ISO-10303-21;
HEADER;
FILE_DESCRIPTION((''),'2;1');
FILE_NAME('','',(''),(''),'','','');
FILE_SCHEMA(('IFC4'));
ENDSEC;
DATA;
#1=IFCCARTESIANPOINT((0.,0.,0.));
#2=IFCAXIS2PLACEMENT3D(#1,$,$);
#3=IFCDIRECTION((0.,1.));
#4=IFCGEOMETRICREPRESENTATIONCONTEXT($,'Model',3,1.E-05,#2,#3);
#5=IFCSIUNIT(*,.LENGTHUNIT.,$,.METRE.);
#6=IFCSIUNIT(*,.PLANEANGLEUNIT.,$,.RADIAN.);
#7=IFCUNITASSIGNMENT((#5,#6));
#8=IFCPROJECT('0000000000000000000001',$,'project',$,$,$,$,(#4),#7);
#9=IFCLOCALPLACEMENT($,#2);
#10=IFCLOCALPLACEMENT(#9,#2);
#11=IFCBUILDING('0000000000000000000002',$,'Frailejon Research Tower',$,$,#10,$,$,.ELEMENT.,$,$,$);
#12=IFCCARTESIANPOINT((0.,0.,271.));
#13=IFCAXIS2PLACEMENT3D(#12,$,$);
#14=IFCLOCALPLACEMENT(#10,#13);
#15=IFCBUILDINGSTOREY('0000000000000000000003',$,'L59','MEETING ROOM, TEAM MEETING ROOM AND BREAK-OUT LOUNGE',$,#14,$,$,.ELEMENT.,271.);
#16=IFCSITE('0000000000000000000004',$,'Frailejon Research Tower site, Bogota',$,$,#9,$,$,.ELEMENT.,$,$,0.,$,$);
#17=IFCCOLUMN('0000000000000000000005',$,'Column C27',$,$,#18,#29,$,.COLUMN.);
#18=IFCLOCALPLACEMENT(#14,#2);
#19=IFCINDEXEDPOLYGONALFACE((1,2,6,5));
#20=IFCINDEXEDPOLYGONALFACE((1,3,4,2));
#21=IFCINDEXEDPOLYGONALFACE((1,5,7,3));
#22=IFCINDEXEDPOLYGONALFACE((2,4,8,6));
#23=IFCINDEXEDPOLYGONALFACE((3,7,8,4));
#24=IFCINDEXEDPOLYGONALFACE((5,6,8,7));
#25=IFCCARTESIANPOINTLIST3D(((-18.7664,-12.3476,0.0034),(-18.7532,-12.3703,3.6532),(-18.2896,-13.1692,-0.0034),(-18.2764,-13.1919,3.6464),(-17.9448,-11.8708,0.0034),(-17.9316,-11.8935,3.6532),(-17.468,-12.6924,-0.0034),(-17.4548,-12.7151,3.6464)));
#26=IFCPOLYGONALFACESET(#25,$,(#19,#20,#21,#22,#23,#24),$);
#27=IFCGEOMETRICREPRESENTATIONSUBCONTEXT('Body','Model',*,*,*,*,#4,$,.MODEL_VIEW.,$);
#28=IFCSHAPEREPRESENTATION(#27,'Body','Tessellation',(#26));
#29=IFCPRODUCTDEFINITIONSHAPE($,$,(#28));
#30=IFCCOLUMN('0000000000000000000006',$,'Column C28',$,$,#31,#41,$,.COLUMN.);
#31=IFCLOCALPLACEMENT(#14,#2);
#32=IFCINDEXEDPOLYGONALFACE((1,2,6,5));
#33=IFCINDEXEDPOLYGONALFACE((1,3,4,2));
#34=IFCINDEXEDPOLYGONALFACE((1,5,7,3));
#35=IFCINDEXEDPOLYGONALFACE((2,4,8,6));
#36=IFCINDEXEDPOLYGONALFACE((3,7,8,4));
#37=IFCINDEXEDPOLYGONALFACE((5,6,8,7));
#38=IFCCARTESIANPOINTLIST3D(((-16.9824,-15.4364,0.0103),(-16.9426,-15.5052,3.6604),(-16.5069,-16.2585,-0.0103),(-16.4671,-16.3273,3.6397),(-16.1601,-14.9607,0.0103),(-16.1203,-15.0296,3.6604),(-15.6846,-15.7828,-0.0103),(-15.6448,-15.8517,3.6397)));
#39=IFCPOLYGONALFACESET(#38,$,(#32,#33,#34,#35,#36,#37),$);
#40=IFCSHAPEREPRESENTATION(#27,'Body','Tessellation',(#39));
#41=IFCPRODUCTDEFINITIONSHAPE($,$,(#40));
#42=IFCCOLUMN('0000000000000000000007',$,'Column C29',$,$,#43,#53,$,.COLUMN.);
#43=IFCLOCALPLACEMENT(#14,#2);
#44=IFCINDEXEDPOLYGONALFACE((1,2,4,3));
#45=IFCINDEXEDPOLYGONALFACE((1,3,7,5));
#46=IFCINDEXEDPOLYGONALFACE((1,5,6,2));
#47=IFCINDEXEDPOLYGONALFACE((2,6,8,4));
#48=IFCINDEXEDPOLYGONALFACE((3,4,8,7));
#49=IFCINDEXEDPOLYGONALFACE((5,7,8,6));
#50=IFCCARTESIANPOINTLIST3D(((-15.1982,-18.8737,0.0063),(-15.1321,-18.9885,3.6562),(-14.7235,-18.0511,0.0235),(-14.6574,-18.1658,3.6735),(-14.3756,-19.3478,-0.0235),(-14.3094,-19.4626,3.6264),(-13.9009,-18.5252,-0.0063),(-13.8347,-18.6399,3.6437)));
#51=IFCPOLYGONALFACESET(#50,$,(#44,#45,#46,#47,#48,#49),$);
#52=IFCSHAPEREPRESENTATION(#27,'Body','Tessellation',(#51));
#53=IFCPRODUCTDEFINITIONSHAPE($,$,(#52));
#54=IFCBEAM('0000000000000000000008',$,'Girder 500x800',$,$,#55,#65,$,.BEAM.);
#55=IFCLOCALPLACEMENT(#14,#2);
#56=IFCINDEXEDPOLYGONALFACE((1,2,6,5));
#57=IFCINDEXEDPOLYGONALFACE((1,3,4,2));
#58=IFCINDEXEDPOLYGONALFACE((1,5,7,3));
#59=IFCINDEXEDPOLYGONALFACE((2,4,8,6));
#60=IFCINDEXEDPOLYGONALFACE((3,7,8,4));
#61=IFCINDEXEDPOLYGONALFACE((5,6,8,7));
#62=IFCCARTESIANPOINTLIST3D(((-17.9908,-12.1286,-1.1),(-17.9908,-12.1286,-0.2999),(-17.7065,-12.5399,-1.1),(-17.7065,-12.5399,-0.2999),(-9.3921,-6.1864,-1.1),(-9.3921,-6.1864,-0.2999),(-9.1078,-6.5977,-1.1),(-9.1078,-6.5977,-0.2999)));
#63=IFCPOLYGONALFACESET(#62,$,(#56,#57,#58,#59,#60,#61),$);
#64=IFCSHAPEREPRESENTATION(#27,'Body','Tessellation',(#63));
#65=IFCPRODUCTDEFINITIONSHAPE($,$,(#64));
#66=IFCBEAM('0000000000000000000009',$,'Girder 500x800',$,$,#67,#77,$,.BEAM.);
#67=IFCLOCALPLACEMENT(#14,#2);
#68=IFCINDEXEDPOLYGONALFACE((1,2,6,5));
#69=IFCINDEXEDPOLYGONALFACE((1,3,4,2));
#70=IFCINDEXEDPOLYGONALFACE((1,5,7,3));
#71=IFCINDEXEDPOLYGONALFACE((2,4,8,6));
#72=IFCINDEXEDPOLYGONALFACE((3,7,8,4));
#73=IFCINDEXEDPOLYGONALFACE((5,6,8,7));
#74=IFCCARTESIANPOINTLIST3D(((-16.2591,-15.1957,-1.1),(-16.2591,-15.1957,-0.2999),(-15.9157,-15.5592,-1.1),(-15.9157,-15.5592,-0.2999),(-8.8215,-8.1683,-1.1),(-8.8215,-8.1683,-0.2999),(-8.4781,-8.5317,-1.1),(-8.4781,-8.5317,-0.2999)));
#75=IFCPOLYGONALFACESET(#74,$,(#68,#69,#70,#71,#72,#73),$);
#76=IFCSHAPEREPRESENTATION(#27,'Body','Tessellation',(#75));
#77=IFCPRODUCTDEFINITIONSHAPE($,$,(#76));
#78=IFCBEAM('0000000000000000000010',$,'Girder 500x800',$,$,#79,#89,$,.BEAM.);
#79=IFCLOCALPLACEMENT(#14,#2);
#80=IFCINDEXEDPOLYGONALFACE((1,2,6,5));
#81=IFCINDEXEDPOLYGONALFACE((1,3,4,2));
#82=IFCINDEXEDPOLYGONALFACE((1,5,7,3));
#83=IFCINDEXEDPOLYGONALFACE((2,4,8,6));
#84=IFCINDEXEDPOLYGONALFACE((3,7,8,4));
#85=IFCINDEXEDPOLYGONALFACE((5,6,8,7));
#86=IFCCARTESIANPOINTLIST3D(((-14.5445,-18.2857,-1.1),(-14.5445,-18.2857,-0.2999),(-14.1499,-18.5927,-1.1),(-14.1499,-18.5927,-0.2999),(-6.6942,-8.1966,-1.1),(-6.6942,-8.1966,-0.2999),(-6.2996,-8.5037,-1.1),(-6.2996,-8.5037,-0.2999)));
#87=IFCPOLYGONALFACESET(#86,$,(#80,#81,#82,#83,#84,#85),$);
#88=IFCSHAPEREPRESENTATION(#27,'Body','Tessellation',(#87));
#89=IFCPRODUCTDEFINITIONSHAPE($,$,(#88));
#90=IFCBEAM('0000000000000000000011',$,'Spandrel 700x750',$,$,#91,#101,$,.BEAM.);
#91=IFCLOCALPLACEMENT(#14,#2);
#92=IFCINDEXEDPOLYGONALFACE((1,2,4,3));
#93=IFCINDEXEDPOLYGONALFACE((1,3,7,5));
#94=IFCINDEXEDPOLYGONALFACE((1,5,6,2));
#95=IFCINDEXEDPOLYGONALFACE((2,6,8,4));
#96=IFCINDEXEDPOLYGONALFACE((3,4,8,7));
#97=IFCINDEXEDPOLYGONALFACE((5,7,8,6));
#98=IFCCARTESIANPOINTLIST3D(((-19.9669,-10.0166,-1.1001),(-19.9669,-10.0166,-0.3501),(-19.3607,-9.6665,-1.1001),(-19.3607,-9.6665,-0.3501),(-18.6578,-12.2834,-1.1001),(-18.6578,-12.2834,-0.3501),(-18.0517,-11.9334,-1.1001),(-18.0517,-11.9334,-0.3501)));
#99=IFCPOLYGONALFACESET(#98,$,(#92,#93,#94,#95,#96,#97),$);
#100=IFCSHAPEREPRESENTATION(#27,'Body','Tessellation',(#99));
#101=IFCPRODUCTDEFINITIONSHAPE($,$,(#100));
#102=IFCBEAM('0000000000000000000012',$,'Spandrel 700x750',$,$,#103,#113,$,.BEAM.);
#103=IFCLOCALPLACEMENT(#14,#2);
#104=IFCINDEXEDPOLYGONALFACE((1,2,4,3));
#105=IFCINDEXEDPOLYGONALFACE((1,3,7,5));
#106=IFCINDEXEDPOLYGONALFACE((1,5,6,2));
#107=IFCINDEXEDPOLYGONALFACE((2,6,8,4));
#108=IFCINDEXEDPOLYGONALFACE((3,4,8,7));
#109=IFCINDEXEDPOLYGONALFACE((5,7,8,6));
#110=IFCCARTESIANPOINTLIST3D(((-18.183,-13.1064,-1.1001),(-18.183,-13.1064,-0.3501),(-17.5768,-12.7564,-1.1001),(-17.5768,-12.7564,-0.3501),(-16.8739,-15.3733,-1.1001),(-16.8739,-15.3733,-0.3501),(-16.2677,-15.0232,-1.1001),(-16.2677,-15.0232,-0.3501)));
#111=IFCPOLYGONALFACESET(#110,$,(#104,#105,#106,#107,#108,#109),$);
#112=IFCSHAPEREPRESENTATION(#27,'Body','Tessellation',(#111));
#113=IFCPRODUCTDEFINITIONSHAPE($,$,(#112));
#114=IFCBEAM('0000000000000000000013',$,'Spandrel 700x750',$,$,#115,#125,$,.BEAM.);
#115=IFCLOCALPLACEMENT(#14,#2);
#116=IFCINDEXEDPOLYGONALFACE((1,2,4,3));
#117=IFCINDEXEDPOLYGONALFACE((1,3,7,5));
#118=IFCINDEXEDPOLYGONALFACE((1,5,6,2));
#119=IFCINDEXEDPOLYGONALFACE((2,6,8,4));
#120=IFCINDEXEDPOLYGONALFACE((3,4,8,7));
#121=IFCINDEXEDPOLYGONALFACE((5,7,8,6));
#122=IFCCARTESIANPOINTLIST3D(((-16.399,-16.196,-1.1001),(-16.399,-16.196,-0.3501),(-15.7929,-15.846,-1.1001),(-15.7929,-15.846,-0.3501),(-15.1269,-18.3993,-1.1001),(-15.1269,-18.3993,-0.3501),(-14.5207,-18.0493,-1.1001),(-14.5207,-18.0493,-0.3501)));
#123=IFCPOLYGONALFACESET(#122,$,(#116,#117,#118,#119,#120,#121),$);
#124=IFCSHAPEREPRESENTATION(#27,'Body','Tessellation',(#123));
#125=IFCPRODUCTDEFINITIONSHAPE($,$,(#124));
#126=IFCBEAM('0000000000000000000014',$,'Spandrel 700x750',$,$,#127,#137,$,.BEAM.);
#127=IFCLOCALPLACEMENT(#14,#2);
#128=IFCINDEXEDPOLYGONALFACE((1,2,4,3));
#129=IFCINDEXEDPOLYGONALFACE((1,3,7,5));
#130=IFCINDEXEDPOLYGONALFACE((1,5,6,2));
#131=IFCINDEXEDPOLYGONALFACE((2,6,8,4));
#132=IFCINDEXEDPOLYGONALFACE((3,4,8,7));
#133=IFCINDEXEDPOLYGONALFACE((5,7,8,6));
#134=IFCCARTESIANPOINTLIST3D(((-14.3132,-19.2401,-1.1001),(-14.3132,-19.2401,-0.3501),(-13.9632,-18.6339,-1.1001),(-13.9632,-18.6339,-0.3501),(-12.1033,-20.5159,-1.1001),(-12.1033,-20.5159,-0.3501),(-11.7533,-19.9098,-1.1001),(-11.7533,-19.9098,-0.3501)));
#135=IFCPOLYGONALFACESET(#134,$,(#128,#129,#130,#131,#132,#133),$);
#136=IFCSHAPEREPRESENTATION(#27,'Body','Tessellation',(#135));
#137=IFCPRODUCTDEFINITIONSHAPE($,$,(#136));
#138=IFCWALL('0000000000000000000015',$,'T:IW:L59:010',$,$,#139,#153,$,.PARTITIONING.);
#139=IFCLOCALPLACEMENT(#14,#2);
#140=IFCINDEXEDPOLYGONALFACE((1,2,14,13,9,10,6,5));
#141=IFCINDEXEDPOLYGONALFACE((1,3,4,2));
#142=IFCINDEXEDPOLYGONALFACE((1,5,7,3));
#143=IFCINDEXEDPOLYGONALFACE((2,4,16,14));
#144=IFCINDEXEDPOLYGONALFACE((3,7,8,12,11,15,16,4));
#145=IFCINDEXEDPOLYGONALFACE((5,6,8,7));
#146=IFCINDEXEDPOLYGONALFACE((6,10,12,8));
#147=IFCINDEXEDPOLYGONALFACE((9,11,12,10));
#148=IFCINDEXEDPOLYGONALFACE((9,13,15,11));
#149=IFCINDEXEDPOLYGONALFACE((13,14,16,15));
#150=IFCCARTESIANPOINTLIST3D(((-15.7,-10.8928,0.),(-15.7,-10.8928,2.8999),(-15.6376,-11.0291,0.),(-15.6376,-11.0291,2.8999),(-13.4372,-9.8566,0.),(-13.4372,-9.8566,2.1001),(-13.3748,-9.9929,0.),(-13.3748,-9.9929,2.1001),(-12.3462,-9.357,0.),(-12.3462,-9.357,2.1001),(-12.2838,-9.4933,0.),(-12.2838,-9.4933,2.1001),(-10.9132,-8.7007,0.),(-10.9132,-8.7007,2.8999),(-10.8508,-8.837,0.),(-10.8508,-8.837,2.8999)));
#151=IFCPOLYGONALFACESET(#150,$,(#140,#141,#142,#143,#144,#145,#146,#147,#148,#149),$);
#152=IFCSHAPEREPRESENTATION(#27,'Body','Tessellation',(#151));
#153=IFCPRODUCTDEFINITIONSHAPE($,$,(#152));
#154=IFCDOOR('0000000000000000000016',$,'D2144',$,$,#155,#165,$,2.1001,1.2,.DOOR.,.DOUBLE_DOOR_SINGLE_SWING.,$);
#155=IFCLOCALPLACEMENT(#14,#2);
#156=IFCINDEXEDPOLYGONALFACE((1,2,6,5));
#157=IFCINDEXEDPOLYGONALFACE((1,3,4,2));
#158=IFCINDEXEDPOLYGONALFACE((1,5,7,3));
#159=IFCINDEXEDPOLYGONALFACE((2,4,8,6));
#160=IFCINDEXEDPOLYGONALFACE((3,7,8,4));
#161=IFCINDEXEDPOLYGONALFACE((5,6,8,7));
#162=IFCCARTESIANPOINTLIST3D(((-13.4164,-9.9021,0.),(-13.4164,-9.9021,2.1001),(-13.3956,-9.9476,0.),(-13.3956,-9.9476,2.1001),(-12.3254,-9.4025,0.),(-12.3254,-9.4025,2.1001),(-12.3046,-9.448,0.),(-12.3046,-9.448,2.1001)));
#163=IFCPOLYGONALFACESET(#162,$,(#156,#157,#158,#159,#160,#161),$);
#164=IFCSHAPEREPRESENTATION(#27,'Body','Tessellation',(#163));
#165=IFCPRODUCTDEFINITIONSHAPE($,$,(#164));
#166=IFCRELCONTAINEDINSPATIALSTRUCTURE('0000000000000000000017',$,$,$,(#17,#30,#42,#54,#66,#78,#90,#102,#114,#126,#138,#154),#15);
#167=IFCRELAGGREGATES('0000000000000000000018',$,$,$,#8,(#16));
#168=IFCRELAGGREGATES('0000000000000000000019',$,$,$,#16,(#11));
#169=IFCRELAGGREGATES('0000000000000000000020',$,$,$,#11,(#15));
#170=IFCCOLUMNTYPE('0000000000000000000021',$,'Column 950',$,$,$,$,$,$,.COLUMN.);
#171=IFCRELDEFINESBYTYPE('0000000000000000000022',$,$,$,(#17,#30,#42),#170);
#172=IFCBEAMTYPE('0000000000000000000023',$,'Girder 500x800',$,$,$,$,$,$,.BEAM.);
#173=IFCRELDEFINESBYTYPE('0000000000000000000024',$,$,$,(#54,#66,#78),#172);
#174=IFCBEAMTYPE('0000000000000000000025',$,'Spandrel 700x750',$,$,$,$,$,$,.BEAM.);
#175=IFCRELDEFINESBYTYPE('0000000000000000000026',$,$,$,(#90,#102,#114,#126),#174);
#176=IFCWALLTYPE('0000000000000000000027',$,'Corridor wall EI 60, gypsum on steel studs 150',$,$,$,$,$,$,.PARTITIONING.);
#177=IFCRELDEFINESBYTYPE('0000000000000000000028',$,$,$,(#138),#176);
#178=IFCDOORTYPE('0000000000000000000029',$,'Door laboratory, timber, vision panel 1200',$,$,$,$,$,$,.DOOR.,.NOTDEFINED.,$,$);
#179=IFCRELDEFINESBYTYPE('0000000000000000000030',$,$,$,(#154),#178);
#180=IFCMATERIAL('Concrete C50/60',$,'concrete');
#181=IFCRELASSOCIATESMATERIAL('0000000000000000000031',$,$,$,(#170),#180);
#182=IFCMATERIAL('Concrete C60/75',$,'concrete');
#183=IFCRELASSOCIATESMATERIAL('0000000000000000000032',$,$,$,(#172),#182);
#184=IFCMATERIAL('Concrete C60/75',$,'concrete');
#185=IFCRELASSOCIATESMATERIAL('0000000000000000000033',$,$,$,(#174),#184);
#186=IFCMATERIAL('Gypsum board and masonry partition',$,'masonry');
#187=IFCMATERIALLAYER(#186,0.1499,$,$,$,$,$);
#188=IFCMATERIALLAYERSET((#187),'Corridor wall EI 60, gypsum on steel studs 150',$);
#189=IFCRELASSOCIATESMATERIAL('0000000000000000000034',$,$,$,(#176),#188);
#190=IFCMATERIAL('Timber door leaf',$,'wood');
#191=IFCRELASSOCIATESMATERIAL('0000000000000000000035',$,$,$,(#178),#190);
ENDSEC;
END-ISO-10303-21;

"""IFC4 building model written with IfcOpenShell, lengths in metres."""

from ifc_helpers import new_model, si_unit, direction, frame, frame_2d, origin, origin_2d, place, context, subcontext, project, spatial, rectangle, extrude, material, layer, layer_set, material_profile, profile_set, type_object, element, fill, save


model = new_model("IFC4")

# Units and contexts
model_context = context("Model", 3, precision=1e-05, world=origin(), true_north=direction((0.0, 1.0)))
body_context = subcontext(model_context, "Body", "Model", "MODEL_VIEW")
ifc_project = project(units=[si_unit("LENGTHUNIT", "METRE"), si_unit("PLANEANGLEUNIT", "RADIAN")], contexts=[model_context])

# Site, building, storey
site_placement = place(None, origin())
site = spatial("IfcSite", under=ifc_project, at=site_placement, Name="Frailejon Research Tower site, Bogota", CompositionType="ELEMENT", RefElevation=0.0)
building_placement = place(site_placement, origin())
building = spatial("IfcBuilding", under=site, at=building_placement, Name="Frailejon Research Tower", CompositionType="ELEMENT")
storey_placement = place(building_placement, frame((0.0, 0.0, 271.0)))
storey = spatial("IfcBuildingStorey", under=building, at=storey_placement, Name="L59", Description="MEETING ROOM, TEAM MEETING ROOM AND BREAK-OUT LOUNGE", CompositionType="ELEMENT", Elevation=271.0)

# Columns
ifc_material_1 = material(Name="Concrete C50/60", Category="concrete")
ifc_material_profile_1 = material_profile(ifc_material_1, rectangle(XDim=0.95, YDim=0.95, at=origin_2d()), Name="Column 950")
ifc_profile_set_1 = profile_set([ifc_material_profile_1], Name="Concrete C50/60")
column_type = type_object("IfcColumnType", Name="Column 950", PredefinedType="COLUMN", material=ifc_profile_set_1)
column_1_placement = place(storey_placement, frame((-18.1172, -12.52, 0.0), z_axis=(0.003612, -0.006221, 0.999974), x_axis=(0.501902, -0.864894, -0.007193)))
element("IfcColumn", 1, at=column_1_placement, inside=storey, type_object=column_type, Name="Column C27", PredefinedType="COLUMN", context=body_context, shape_type="SweptSolid", body=[
    extrude(rectangle(XDim=0.95, YDim=0.95, at=origin_2d()), origin(), (0.0, 0.0, 1.0), 3.6499),
])
column_2_placement = place(storey_placement, frame((-16.3335, -15.6096, 0.0), z_axis=(0.0109, -0.018858, 0.999763), x_axis=(0.50059, -0.86541, -0.021782)))
element("IfcColumn", 2, at=column_2_placement, inside=storey, type_object=column_type, Name="Column C28", PredefinedType="COLUMN", context=body_context, shape_type="SweptSolid", body=[
    extrude(rectangle(XDim=0.95, YDim=0.95, at=origin_2d()), origin(), (0.0, 0.0, 1.0), 3.6509),
])
column_3_placement = place(storey_placement, frame((-14.5496, -18.6995, 0.0), z_axis=(0.018115, -0.031417, 0.999342), x_axis=(0.86599, -0.499075, -0.031388)))
element("IfcColumn", 3, at=column_3_placement, inside=storey, type_object=column_type, Name="Column C29", PredefinedType="COLUMN", context=body_context, shape_type="SweptSolid", body=[
    extrude(rectangle(XDim=0.95, YDim=0.95, at=origin_2d()), origin(), (0.0, 0.0, 1.0), 3.6523),
])

# Beams
ifc_material_2 = material(Name="Concrete C60/75", Category="concrete")
ifc_material_profile_2 = material_profile(ifc_material_2, rectangle(XDim=0.5, YDim=0.8, at=origin_2d()), Name="Girder 500x800")
ifc_profile_set_2 = profile_set([ifc_material_profile_2], Name="Concrete C60/75")
beam_type_1 = type_object("IfcBeamType", Name="Girder 500x800", PredefinedType="BEAM", material=ifc_profile_set_2)
beam_1_placement = place(storey_placement, frame((-17.8486, -12.3342, -0.7), z_axis=(0.822674, 0.568514, 0.0), x_axis=(-0.568514, 0.822674, 0.0)))
element("IfcBeam", 4, at=beam_1_placement, inside=storey, type_object=beam_type_1, Name="Girder 500x800", PredefinedType="BEAM", context=body_context, shape_type="SweptSolid", body=[
    extrude(rectangle(XDim=0.5, YDim=0.8, at=origin_2d()), origin(), (0.0, 0.0, 1.0), 10.4521),
])
beam_2_placement = place(storey_placement, frame((-16.0874, -15.3774, -0.7), z_axis=(0.726865, 0.68678, 0.0), x_axis=(-0.68678, 0.726865, 0.0)))
element("IfcBeam", 5, at=beam_2_placement, inside=storey, type_object=beam_type_1, Name="Girder 500x800", PredefinedType="BEAM", context=body_context, shape_type="SweptSolid", body=[
    extrude(rectangle(XDim=0.5, YDim=0.8, at=origin_2d()), origin(), (0.0, 0.0, 1.0), 10.2324),
])
beam_3_placement = place(storey_placement, frame((-14.3472, -18.4392, -0.7), z_axis=(0.614099, 0.789229, 0.0), x_axis=(-0.789229, 0.614099, 0.0)))
element("IfcBeam", 6, at=beam_3_placement, inside=storey, type_object=beam_type_1, Name="Girder 500x800", PredefinedType="BEAM", context=body_context, shape_type="SweptSolid", body=[
    extrude(rectangle(XDim=0.5, YDim=0.8, at=origin_2d()), origin(), (0.0, 0.0, 1.0), 12.7834),
])
ifc_material_3 = material(Name="Concrete C60/75", Category="concrete")
ifc_material_profile_3 = material_profile(ifc_material_3, rectangle(XDim=0.7, YDim=0.75, at=origin_2d()), Name="Spandrel 700x750")
ifc_profile_set_3 = profile_set([ifc_material_profile_3], Name="Concrete C60/75")
beam_type_2 = type_object("IfcBeamType", Name="Spandrel 700x750", PredefinedType="BEAM", material=ifc_profile_set_3)
for number, where, z_axis, x_axis, name in (
    (7, (-19.6638, -9.8416, -0.7251), (0.500091, -0.865973, 0.0), (0.865973, 0.500091, 0.0), "Spandrel 700x750"),
    (8, (-17.8799, -12.9314, -0.7251), (0.500091, -0.865973, 0.0), (0.865973, 0.500091, 0.0), "Spandrel 700x750"),
):
    element("IfcBeam", number, at=place(storey_placement, frame(where, z_axis=z_axis, x_axis=x_axis)), inside=storey, type_object=beam_type_2, Name=name, PredefinedType="BEAM", context=body_context, shape_type="SweptSolid", body=[
        extrude(rectangle(XDim=0.7, YDim=0.75, at=origin_2d()), origin(), (0.0, 0.0, 1.0), 2.6177),
    ])
beam_4_placement = place(storey_placement, frame((-16.0959, -16.021, -0.7251), z_axis=(0.50003, -0.866008, 0.0), x_axis=(0.866008, 0.50003, 0.0)))
element("IfcBeam", 9, at=beam_4_placement, inside=storey, type_object=beam_type_2, Name="Spandrel 700x750", PredefinedType="BEAM", context=body_context, shape_type="SweptSolid", body=[
    extrude(rectangle(XDim=0.7, YDim=0.75, at=origin_2d()), origin(), (0.0, 0.0, 1.0), 2.5442),
])
beam_5_placement = place(storey_placement, frame((-14.1382, -18.937, -0.7251), z_axis=(0.866033, -0.499987, 0.0), x_axis=(0.499987, 0.866033, 0.0)))
element("IfcBeam", 10, at=beam_5_placement, inside=storey, type_object=beam_type_2, Name="Spandrel 700x750", PredefinedType="BEAM", context=body_context, shape_type="SweptSolid", body=[
    extrude(rectangle(XDim=0.7, YDim=0.75, at=origin_2d()), origin(), (0.0, 0.0, 1.0), 2.5518),
])

# Wall, opening, door
ifc_material_4 = material(Name="Gypsum board and masonry partition", Category="masonry")
ifc_layer_1 = layer(ifc_material_4, 0.1499)
ifc_layer_set_1 = layer_set([ifc_layer_1], Name="Corridor wall EI 60, gypsum on steel studs 150")
wall_type_1 = type_object("IfcWallType", Name="Corridor wall EI 60, gypsum on steel studs 150", PredefinedType="PARTITIONING", material=ifc_layer_set_1)
wall_1_placement = place(storey_placement, frame((-15.6687, -10.9609, 0.0), z_axis=(0.0, 0.0, 1.0), x_axis=(0.909197, 0.416366, 0.0)))
wall_1 = element("IfcWall", 11, at=wall_1_placement, inside=storey, type_object=wall_type_1, Name="T:IW:L59:010", PredefinedType="PARTITIONING", context=body_context, shape_type="SweptSolid", body=[
    extrude(rectangle(XDim=5.2649, YDim=0.1499, at=frame_2d((2.6323, 0.0))), origin(), (0.0, 0.0, 1.0), 2.8999),
])
opening_1_placement = place(wall_1_placement, frame((2.4885, 0.0, 0.0)))
opening_1 = element("IfcOpeningElement", 12, at=opening_1_placement, cuts=wall_1, PredefinedType="OPENING", context=body_context, shape_type="SweptSolid", body=[
    extrude(rectangle(XDim=1.2, YDim=2.1001, at=frame_2d((0.6001, 1.05))), frame((0.0, 0.085, 0.0), z_axis=(0.0, -1.0, 0.0), x_axis=(1.0, 0.0, 0.0)), (0.0, 0.0, 1.0), 0.1699),
])
ifc_material_5 = material(Name="Timber door leaf", Category="wood")
door_type = type_object("IfcDoorType", Name="Door laboratory, timber, vision panel 1200", OperationType="NOTDEFINED", PredefinedType="DOOR", material=ifc_material_5)
door_placement = place(opening_1_placement, origin())
door = element("IfcDoor", 13, at=door_placement, inside=storey, type_object=door_type, Name="D2144", OperationType="DOUBLE_DOOR_SINGLE_SWING", OverallHeight=2.1001, OverallWidth=1.2, PredefinedType="DOOR", context=body_context, shape_type="SweptSolid", body=[
    extrude(rectangle(XDim=1.2, YDim=2.1001, at=frame_2d((0.6001, 1.05))), frame((0.0, 0.0249, 0.0), z_axis=(0.0, -1.0, 0.0), x_axis=(1.0, 0.0, 0.0)), (0.0, 0.0, 1.0), 0.05),
])
fill(opening_1, door)

save(model, "model.ifc")
